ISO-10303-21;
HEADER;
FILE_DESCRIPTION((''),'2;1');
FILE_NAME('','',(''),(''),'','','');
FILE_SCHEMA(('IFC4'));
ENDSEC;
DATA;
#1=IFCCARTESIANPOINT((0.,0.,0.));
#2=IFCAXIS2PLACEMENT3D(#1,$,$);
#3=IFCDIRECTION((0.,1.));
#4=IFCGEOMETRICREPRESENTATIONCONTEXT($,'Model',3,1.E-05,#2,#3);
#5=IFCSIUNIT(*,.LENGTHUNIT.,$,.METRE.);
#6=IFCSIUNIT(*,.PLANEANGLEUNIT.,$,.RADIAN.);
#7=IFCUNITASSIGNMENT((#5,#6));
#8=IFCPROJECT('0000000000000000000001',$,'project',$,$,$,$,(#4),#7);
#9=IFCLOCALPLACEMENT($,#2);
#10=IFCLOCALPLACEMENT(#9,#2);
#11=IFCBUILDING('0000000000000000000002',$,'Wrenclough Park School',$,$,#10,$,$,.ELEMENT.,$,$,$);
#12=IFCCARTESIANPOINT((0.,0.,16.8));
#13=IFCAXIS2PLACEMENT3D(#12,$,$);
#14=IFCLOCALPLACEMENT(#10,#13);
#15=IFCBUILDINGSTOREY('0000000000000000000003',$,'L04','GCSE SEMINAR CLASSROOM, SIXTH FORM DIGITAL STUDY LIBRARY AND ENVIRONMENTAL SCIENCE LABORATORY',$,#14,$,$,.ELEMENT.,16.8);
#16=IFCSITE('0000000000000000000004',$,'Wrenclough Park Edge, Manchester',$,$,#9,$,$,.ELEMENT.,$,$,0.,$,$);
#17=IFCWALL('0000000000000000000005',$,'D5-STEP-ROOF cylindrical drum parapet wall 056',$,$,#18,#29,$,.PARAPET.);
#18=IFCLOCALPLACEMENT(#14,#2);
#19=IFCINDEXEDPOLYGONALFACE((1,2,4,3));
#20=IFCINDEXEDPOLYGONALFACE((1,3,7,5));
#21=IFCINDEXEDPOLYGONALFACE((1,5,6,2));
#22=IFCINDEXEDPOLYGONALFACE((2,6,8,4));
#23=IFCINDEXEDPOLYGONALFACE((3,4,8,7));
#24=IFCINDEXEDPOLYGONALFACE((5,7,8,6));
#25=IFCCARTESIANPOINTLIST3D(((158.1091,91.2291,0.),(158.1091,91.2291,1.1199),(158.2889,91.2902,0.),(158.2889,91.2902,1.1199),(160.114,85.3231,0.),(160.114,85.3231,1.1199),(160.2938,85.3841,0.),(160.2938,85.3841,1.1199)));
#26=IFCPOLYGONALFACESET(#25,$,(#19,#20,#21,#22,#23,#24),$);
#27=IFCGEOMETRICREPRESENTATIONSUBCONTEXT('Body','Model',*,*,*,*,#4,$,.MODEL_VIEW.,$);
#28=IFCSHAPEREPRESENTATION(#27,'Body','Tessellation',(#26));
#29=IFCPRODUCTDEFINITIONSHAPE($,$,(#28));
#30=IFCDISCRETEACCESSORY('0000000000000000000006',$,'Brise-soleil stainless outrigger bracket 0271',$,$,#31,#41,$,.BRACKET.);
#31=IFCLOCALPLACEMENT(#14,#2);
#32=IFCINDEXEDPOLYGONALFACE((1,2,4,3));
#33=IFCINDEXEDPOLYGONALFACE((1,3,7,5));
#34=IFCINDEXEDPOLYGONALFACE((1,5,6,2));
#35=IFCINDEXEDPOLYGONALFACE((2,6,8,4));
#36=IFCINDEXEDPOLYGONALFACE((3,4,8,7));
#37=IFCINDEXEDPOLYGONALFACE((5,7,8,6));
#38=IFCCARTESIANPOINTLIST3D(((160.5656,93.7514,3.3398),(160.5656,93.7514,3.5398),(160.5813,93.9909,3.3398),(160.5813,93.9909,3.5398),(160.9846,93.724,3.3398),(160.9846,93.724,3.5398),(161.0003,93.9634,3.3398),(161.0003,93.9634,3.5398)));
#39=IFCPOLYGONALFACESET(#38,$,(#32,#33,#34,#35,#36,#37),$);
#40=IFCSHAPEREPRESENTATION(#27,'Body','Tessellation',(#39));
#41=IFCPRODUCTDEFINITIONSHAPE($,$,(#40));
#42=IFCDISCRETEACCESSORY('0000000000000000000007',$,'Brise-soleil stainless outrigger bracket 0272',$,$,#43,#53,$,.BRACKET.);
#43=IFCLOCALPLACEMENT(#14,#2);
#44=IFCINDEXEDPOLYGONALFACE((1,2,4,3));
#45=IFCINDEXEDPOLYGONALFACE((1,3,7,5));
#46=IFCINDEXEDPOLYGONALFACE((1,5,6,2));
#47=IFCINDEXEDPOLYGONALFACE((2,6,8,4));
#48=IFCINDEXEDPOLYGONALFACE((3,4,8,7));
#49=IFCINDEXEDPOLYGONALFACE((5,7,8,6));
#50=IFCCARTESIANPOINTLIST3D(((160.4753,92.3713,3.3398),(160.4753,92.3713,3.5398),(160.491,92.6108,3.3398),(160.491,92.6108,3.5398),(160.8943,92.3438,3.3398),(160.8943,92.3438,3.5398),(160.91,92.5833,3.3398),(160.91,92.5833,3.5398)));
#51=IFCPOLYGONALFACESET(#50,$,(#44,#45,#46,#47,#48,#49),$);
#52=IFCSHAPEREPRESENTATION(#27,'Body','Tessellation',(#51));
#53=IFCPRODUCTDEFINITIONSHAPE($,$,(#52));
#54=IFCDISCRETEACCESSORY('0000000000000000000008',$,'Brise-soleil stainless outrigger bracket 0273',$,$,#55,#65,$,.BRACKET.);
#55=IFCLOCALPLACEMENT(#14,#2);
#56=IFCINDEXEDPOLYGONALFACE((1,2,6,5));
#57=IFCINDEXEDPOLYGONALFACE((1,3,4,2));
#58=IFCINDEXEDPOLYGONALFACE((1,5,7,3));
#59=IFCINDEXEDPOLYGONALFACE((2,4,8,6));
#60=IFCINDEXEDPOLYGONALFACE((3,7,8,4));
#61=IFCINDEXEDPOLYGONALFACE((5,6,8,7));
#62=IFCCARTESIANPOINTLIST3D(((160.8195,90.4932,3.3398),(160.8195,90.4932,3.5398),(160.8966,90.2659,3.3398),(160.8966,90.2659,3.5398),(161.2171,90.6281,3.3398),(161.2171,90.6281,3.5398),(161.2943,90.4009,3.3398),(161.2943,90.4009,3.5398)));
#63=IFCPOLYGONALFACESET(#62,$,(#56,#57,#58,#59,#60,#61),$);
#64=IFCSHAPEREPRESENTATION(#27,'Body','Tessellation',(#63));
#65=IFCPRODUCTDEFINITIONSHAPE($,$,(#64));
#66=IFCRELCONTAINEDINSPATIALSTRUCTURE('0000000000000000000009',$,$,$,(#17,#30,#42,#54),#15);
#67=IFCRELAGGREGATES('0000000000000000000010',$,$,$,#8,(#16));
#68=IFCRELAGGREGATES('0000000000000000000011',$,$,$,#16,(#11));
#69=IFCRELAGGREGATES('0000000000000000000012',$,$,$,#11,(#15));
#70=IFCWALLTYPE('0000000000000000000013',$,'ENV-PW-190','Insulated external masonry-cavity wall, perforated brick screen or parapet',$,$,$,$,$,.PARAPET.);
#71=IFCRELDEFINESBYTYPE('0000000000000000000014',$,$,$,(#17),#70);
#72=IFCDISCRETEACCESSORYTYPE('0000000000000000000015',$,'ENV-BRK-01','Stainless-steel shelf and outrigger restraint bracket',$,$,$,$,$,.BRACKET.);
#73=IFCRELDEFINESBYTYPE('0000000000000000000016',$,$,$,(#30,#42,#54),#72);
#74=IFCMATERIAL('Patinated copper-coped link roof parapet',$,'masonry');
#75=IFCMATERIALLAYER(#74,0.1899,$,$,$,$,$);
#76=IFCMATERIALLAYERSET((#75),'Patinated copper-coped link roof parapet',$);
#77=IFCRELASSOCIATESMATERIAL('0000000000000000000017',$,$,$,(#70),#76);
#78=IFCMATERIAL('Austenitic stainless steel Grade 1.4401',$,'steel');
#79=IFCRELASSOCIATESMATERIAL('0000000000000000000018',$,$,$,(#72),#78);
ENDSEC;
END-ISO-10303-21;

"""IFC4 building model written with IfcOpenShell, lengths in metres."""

from ifc_helpers import new_model, si_unit, direction, frame, frame_2d, origin, origin_2d, place, context, subcontext, project, spatial, rectangle, extrude, material, layer, layer_set, type_object, element, save


model = new_model("IFC4")

# Units and contexts
model_context = context("Model", 3, precision=1e-05, world=origin(), true_north=direction((0.0, 1.0)))
body_context = subcontext(model_context, "Body", "Model", "MODEL_VIEW")
ifc_project = project(units=[si_unit("LENGTHUNIT", "METRE"), si_unit("PLANEANGLEUNIT", "RADIAN")], contexts=[model_context])

# Site, building, storey
site_placement = place(None, origin())
site = spatial("IfcSite", under=ifc_project, at=site_placement, Name="Wrenclough Park Edge, Manchester", CompositionType="ELEMENT", RefElevation=0.0)
building_placement = place(site_placement, origin())
building = spatial("IfcBuilding", under=site, at=building_placement, Name="Wrenclough Park School", CompositionType="ELEMENT")
storey_placement = place(building_placement, frame((0.0, 0.0, 16.8)))
storey = spatial("IfcBuildingStorey", under=building, at=storey_placement, Name="L04", Description="GCSE SEMINAR CLASSROOM, SIXTH FORM DIGITAL STUDY LIBRARY AND ENVIRONMENTAL SCIENCE LABORATORY", CompositionType="ELEMENT", Elevation=16.8)

# Wall
ifc_material_1 = material(Name="Patinated copper-coped link roof parapet", Category="masonry")
ifc_layer_1 = layer(ifc_material_1, 0.1899)
ifc_layer_set_1 = layer_set([ifc_layer_1], Name="Patinated copper-coped link roof parapet")
wall_type_1 = type_object("IfcWallType", Name="ENV-PW-190", Description="Insulated external masonry-cavity wall, perforated brick screen or parapet", PredefinedType="PARAPET", material=ifc_layer_set_1)
wall_1_placement = place(storey_placement, frame((158.199, 91.2598, 0.0), z_axis=(0.0, 0.0, 1.0), x_axis=(0.321449, -0.946927, 0.0)))
element("IfcWall", 1, at=wall_1_placement, inside=storey, type_object=wall_type_1, Name="D5-STEP-ROOF cylindrical drum parapet wall 056", PredefinedType="PARAPET", context=body_context, shape_type="SweptSolid", body=[
    extrude(rectangle(XDim=6.2371, YDim=0.1899, at=frame_2d((3.1187, 0.0))), origin(), (0.0, 0.0, 1.0), 1.1199),
])

# Discrete accessories
ifc_material_2 = material(Name="Austenitic stainless steel Grade 1.4401", Category="steel")
discrete_accessory_type = type_object("IfcDiscreteAccessoryType", Name="ENV-BRK-01", Description="Stainless-steel shelf and outrigger restraint bracket", PredefinedType="BRACKET", material=ifc_material_2)
for number, where, z_axis, x_axis, name in (
    (2, (160.783, 93.8574, 3.3398), (0.0, 0.0, 1.0), (-0.065384, -0.99786, 0.0), "Brise-soleil stainless outrigger bracket 0271"),
    (3, (160.6926, 92.4773, 3.3398), (0.0, 0.0, 1.0), (-0.065384, -0.99786, 0.0), "Brise-soleil stainless outrigger bracket 0272"),
    (4, (161.0569, 90.447, 3.3398), (0.0, 0.0, 1.0), (0.321421, -0.946937, 0.0), "Brise-soleil stainless outrigger bracket 0273"),
):
    element("IfcDiscreteAccessory", number, at=place(storey_placement, frame(where, z_axis=z_axis, x_axis=x_axis)), inside=storey, type_object=discrete_accessory_type, Name=name, PredefinedType="BRACKET", context=body_context, shape_type="SweptSolid", body=[
        extrude(rectangle(XDim=0.24, YDim=0.4199, at=origin_2d()), origin(), (0.0, 0.0, 1.0), 0.2),
    ])

save(model, "model.ifc")
